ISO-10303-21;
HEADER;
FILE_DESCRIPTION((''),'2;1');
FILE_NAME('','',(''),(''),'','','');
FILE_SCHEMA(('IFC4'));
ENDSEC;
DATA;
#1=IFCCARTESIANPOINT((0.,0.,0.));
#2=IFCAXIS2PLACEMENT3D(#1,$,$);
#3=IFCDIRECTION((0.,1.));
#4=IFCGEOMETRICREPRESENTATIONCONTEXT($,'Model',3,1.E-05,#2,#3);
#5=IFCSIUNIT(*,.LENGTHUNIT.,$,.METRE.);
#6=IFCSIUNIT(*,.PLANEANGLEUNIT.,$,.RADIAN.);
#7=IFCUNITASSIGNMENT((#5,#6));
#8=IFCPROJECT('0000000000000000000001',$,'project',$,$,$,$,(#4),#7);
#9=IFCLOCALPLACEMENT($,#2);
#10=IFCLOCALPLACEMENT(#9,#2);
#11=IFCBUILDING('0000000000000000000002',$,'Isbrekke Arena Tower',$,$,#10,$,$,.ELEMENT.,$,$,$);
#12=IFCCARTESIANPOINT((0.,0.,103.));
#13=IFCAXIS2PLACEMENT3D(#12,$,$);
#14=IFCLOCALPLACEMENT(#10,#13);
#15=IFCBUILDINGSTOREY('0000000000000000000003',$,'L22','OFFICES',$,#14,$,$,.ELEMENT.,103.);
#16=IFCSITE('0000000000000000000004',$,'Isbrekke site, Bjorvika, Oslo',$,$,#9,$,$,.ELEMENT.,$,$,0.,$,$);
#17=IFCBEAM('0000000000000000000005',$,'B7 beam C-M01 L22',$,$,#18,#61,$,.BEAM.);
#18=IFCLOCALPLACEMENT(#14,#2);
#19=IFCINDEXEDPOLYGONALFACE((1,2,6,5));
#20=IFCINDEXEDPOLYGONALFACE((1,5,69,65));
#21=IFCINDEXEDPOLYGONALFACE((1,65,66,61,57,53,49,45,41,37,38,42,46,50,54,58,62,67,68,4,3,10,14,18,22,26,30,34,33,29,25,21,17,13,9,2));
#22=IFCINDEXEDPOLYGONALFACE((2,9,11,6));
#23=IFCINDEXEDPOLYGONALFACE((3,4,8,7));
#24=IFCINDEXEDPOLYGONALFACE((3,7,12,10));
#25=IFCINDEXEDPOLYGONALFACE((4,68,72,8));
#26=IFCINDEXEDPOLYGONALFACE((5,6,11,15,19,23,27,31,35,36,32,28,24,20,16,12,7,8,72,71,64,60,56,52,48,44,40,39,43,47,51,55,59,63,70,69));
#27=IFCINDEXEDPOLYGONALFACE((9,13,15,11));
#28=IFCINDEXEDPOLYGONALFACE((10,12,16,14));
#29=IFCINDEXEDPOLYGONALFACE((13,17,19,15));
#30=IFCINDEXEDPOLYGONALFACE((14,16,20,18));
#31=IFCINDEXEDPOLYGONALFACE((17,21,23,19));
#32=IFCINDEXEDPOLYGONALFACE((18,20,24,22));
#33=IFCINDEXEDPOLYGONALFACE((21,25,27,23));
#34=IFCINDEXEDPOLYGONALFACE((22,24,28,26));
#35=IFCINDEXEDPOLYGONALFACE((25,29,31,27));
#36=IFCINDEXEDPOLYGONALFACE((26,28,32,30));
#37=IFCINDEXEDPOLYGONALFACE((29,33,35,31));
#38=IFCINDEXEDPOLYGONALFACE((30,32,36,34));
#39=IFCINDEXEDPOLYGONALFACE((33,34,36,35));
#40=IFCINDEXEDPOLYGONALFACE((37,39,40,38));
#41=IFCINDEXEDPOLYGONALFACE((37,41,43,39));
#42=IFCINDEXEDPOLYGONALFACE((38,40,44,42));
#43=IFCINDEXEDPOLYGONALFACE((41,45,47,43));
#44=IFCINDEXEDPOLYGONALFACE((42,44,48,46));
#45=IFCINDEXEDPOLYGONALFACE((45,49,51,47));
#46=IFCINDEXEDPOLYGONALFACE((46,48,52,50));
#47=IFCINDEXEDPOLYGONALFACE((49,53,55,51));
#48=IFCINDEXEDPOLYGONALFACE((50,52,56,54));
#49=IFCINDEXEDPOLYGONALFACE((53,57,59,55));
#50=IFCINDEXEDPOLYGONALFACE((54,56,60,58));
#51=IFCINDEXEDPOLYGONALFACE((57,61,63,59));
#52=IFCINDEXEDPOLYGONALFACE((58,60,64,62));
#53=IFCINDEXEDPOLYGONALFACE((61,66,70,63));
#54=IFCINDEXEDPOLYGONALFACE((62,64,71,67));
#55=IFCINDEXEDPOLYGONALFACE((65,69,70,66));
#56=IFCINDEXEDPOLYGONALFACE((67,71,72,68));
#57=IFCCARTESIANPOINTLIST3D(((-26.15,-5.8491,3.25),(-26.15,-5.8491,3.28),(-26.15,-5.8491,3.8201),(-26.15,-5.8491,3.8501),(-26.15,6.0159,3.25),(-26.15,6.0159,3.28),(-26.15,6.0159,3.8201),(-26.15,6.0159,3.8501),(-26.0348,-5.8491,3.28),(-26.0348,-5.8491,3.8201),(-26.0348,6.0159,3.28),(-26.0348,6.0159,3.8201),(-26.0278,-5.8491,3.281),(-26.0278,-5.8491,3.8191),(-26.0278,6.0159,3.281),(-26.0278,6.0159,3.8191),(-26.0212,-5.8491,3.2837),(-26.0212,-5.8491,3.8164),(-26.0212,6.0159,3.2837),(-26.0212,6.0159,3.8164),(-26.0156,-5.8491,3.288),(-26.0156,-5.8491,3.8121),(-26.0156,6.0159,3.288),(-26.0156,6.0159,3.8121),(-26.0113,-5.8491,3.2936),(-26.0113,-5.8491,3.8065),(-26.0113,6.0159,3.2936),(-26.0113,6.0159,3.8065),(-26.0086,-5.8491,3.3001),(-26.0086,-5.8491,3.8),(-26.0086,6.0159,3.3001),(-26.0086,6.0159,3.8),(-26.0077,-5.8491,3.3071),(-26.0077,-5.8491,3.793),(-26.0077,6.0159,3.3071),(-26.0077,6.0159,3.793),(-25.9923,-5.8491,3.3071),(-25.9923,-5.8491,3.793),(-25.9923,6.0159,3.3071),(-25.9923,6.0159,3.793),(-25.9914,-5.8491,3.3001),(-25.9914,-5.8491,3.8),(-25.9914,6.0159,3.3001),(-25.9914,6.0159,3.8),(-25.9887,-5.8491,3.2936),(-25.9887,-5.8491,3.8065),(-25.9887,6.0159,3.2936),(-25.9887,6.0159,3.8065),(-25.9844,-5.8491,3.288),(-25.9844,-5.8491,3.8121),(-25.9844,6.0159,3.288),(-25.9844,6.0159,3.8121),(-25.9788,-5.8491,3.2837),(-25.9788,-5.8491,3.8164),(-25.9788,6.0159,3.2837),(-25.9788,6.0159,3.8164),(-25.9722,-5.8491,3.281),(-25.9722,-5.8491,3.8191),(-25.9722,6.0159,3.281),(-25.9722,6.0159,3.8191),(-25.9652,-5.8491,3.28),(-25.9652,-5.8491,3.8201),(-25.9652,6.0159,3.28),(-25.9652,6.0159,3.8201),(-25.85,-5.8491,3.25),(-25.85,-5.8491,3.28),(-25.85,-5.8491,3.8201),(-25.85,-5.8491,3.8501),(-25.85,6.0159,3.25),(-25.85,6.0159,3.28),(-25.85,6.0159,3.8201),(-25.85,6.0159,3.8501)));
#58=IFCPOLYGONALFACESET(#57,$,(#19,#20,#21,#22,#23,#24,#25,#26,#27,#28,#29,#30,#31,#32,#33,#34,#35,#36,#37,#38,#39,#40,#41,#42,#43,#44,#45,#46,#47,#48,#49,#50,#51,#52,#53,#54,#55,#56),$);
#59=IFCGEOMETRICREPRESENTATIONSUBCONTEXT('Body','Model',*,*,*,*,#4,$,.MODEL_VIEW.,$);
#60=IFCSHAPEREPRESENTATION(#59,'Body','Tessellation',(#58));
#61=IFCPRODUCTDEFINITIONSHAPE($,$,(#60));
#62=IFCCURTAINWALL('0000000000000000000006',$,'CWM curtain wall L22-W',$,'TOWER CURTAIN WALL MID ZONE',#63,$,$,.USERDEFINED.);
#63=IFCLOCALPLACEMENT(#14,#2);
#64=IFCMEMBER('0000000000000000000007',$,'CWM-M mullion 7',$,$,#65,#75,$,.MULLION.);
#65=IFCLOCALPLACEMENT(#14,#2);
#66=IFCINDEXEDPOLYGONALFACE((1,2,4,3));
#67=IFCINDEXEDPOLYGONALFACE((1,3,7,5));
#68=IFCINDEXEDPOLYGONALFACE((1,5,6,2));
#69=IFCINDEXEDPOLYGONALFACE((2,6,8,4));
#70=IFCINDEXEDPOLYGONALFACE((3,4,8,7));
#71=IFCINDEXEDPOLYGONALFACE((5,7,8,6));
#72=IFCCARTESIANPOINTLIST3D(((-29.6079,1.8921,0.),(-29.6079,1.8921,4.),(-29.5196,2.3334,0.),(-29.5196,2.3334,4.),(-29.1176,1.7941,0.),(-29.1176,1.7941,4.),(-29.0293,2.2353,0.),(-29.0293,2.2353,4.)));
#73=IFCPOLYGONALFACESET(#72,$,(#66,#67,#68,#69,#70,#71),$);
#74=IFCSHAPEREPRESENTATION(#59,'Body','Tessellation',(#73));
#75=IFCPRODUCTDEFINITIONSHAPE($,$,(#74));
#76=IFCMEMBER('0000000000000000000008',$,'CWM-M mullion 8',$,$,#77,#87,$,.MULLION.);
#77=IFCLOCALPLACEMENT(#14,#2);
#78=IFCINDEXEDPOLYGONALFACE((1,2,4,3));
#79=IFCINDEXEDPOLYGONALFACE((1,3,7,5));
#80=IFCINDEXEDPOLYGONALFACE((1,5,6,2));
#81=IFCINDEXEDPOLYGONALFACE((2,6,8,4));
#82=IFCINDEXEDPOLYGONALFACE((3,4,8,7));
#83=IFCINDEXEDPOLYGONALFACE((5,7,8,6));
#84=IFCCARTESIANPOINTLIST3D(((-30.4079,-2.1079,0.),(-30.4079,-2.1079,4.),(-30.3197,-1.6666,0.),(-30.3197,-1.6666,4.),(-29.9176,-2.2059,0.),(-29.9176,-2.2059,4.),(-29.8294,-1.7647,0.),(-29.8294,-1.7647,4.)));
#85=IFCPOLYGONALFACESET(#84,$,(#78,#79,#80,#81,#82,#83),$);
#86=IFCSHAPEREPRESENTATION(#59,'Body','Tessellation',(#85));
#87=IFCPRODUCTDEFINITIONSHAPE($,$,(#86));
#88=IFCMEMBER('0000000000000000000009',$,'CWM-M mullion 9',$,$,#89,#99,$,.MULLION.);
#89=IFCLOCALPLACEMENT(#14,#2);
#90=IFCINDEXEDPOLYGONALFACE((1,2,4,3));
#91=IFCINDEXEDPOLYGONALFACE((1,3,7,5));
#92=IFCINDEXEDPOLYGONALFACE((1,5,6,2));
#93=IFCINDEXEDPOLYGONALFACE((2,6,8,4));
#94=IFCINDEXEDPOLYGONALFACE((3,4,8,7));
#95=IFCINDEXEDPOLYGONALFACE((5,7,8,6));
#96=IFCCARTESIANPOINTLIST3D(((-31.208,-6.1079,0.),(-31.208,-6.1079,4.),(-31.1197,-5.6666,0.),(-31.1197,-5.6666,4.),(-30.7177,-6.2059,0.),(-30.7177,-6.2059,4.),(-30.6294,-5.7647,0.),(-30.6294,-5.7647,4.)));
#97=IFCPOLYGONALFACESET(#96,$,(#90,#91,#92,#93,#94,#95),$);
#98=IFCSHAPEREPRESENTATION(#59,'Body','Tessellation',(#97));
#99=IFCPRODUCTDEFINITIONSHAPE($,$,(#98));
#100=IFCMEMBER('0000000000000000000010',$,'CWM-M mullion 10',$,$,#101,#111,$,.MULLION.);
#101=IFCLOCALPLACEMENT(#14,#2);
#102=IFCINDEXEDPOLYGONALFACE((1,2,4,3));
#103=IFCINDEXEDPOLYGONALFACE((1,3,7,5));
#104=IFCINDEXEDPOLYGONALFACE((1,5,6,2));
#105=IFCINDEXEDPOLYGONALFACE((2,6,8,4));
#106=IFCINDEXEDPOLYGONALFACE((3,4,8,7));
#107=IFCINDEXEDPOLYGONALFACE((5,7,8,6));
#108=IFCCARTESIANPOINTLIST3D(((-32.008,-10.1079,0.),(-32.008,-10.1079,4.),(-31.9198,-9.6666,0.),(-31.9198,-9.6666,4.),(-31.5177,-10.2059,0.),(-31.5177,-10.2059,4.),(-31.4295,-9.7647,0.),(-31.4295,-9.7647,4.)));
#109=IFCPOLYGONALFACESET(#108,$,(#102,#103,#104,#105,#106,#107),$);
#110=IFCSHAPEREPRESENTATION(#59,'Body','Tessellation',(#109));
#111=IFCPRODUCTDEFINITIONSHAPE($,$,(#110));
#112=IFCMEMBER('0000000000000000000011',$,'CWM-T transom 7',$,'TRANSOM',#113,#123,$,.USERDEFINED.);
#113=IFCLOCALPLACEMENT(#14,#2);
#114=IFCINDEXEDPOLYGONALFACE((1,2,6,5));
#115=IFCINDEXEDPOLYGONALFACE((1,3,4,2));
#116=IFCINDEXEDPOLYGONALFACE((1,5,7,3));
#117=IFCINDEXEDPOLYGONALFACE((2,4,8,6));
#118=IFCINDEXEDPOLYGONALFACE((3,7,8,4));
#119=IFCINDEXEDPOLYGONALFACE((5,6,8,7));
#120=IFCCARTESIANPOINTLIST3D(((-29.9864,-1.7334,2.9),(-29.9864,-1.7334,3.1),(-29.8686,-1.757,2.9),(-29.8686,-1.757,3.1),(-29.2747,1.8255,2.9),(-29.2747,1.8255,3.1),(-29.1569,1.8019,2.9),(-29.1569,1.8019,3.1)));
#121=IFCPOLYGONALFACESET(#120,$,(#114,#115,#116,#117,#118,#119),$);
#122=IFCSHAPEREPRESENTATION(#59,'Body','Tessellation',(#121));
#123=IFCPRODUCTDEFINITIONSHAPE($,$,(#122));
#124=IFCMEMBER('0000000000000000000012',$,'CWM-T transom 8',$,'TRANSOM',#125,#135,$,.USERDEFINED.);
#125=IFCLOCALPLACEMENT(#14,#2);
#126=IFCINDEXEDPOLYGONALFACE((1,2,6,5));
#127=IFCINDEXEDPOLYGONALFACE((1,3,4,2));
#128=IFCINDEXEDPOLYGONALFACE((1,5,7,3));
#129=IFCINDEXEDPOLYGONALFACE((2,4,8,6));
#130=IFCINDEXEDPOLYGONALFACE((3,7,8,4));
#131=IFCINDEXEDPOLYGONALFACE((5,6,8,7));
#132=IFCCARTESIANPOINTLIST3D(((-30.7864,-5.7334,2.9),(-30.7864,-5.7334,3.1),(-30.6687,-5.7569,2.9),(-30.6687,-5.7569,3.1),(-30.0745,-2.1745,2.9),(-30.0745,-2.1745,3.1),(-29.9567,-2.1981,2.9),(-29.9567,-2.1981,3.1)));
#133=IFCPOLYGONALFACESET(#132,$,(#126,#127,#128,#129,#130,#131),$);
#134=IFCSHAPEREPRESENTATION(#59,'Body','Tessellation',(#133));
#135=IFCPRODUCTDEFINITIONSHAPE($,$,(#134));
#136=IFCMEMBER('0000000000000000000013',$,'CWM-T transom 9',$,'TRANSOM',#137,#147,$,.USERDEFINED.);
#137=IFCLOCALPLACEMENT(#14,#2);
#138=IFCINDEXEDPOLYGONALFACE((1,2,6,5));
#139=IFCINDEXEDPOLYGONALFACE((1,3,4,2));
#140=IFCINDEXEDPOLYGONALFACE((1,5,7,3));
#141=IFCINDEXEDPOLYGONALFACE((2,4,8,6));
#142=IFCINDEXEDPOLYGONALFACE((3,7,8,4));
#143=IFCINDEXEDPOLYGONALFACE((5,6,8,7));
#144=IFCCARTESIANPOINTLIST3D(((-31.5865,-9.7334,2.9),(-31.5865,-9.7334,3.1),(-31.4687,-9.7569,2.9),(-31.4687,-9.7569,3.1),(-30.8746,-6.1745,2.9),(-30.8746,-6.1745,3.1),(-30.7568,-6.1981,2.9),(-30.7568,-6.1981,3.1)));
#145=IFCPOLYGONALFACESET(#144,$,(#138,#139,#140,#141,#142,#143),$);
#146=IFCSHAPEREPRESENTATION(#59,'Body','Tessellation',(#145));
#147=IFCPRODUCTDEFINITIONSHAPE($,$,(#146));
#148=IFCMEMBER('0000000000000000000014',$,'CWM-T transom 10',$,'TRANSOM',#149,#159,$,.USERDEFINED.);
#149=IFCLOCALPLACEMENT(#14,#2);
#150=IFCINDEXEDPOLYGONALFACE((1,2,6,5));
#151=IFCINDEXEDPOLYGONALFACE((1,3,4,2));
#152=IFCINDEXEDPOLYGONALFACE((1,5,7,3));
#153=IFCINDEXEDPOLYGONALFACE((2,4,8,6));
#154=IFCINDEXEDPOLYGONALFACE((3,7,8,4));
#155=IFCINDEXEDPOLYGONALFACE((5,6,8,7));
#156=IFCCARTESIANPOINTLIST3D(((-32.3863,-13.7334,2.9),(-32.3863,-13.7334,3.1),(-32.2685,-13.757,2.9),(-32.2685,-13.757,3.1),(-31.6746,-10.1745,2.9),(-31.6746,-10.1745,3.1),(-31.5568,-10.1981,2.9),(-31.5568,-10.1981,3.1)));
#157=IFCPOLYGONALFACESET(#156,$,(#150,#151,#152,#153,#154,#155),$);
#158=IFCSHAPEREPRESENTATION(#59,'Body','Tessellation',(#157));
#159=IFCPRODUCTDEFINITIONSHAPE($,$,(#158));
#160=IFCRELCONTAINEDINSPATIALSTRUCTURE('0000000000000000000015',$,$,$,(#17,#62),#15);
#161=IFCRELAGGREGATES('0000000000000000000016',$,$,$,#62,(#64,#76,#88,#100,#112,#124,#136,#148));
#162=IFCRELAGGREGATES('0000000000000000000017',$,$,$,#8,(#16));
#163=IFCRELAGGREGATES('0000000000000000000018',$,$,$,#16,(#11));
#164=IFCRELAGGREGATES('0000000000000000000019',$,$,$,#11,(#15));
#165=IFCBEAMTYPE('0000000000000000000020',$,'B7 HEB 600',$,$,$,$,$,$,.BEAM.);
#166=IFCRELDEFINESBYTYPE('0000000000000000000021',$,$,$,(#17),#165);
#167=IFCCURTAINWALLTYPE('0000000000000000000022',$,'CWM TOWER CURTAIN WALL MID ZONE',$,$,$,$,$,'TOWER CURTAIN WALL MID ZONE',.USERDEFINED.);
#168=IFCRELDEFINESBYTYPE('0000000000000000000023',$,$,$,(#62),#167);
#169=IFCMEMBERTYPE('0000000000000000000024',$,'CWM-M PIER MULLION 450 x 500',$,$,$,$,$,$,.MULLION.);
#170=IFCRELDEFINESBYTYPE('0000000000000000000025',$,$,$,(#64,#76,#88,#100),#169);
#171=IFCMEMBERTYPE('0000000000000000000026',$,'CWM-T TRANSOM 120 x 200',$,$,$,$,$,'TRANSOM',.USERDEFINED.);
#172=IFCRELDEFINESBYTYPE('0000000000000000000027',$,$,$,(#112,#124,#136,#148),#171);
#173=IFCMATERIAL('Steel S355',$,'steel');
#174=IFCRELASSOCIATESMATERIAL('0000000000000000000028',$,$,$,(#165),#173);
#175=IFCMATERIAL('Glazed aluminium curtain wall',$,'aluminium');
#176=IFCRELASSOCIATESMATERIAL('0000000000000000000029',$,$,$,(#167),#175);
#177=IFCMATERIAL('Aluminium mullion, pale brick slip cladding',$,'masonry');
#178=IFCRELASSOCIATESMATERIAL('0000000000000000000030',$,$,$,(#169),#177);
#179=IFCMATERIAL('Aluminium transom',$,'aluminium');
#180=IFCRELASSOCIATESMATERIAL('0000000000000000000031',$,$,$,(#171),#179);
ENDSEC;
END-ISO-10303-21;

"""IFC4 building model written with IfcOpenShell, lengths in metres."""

from ifc_helpers import new_model, si_unit, direction, frame, origin, origin_2d, place, context, subcontext, project, spatial, rectangle, i_section, extrude, material, material_profile, profile_set, type_object, element, aggregate, save


model = new_model("IFC4")

# Units and contexts
model_context = context("Model", 3, precision=1e-05, world=origin(), true_north=direction((0.0, 1.0)))
body_context = subcontext(model_context, "Body", "Model", "MODEL_VIEW")
ifc_project = project(units=[si_unit("LENGTHUNIT", "METRE"), si_unit("PLANEANGLEUNIT", "RADIAN")], contexts=[model_context])

# Site, building, storey
site_placement = place(None, origin())
site = spatial("IfcSite", under=ifc_project, at=site_placement, Name="Isbrekke site, Bjorvika, Oslo", CompositionType="ELEMENT", RefElevation=0.0)
building_placement = place(site_placement, origin())
building = spatial("IfcBuilding", under=site, at=building_placement, Name="Isbrekke Arena Tower", CompositionType="ELEMENT")
storey_placement = place(building_placement, frame((0.0, 0.0, 103.0)))
storey = spatial("IfcBuildingStorey", under=building, at=storey_placement, Name="L22", Description="OFFICES", CompositionType="ELEMENT", Elevation=103.0)

# Beam
ifc_material_1 = material(Name="Steel S355", Category="steel")
ifc_material_profile_1 = material_profile(ifc_material_1, i_section(OverallWidth=0.3, OverallDepth=0.6001, WebThickness=0.0154, FlangeThickness=0.03, FilletRadius=0.0271, at=origin_2d()), Name="HEB 600")
ifc_profile_set_1 = profile_set([ifc_material_profile_1], Name="Steel S355")
beam_type_1 = type_object("IfcBeamType", Name="B7 HEB 600", PredefinedType="BEAM", material=ifc_profile_set_1)
beam_1_placement = place(storey_placement, frame((-26.0, -5.8491, 3.55), z_axis=(0.0, 1.0, 0.0), x_axis=(-1.0, 0.0, 0.0)))
element("IfcBeam", 1, at=beam_1_placement, inside=storey, type_object=beam_type_1, Name="B7 beam C-M01 L22", PredefinedType="BEAM", context=body_context, shape_type="SweptSolid", body=[
    extrude(i_section(OverallWidth=0.3, OverallDepth=0.6001, WebThickness=0.0154, FlangeThickness=0.03, FilletRadius=0.0271, at=origin_2d()), origin(), (0.0, 0.0, 1.0), 11.865),
])

# Curtain wall, members
ifc_material_2 = material(Name="Glazed aluminium curtain wall", Category="aluminium")
curtain_wall_type = type_object("IfcCurtainWallType", Name="CWM TOWER CURTAIN WALL MID ZONE", ElementType="TOWER CURTAIN WALL MID ZONE", PredefinedType="USERDEFINED", material=ifc_material_2)
curtain_wall_placement = place(storey_placement, origin())
curtain_wall = element("IfcCurtainWall", 2, at=curtain_wall_placement, inside=storey, type_object=curtain_wall_type, Name="CWM curtain wall L22-W", ObjectType="TOWER CURTAIN WALL MID ZONE", PredefinedType="USERDEFINED")
ifc_material_3 = material(Name="Aluminium mullion, pale brick slip cladding", Category="masonry")
ifc_material_profile_2 = material_profile(ifc_material_3, rectangle(XDim=0.45, YDim=0.5, at=origin_2d()), Name="PIER 450X500")
ifc_profile_set_2 = profile_set([ifc_material_profile_2], Name="Aluminium mullion, pale brick slip cladding")
member_type_1 = type_object("IfcMemberType", Name="CWM-M PIER MULLION 450 x 500", PredefinedType="MULLION", material=ifc_profile_set_2)
member_1_placement = place(storey_placement, frame((-29.3186, 2.0637, 0.0), z_axis=(0.0, 0.0, 1.0), x_axis=(-0.196116, -0.980581, 0.0)))
member_1 = element("IfcMember", 3, at=member_1_placement, type_object=member_type_1, Name="CWM-M mullion 7", PredefinedType="MULLION", context=body_context, shape_type="SweptSolid", body=[
    extrude(rectangle(XDim=0.45, YDim=0.5, at=origin_2d()), origin(), (0.0, 0.0, 1.0), 4.0),
])
member_2_placement = place(storey_placement, frame((-30.1187, -1.9363, 0.0), z_axis=(0.0, 0.0, 1.0), x_axis=(-0.196116, -0.980581, 0.0)))
member_2 = element("IfcMember", 4, at=member_2_placement, type_object=member_type_1, Name="CWM-M mullion 8", PredefinedType="MULLION", context=body_context, shape_type="SweptSolid", body=[
    extrude(rectangle(XDim=0.45, YDim=0.5, at=origin_2d()), origin(), (0.0, 0.0, 1.0), 4.0),
])
member_3_placement = place(storey_placement, frame((-30.9187, -5.9363, 0.0), z_axis=(0.0, 0.0, 1.0), x_axis=(-0.196116, -0.980581, 0.0)))
member_3 = element("IfcMember", 5, at=member_3_placement, type_object=member_type_1, Name="CWM-M mullion 9", PredefinedType="MULLION", context=body_context, shape_type="SweptSolid", body=[
    extrude(rectangle(XDim=0.45, YDim=0.5, at=origin_2d()), origin(), (0.0, 0.0, 1.0), 4.0),
])
member_4_placement = place(storey_placement, frame((-31.7188, -9.9363, 0.0), z_axis=(0.0, 0.0, 1.0), x_axis=(-0.196116, -0.980581, 0.0)))
member_4 = element("IfcMember", 6, at=member_4_placement, type_object=member_type_1, Name="CWM-M mullion 10", PredefinedType="MULLION", context=body_context, shape_type="SweptSolid", body=[
    extrude(rectangle(XDim=0.45, YDim=0.5, at=origin_2d()), origin(), (0.0, 0.0, 1.0), 4.0),
])
ifc_material_4 = material(Name="Aluminium transom", Category="aluminium")
ifc_material_profile_3 = material_profile(ifc_material_4, rectangle(XDim=0.1201, YDim=0.2, at=origin_2d()), Name="TRANSOM 120X200")
ifc_profile_set_3 = profile_set([ifc_material_profile_3], Name="Aluminium transom")
member_type_2 = type_object("IfcMemberType", Name="CWM-T TRANSOM 120 x 200", ElementType="TRANSOM", PredefinedType="USERDEFINED", material=ifc_profile_set_3)
member_5_placement = place(storey_placement, frame((-29.2158, 1.8137, 3.0), z_axis=(-0.19609, -0.980586, 0.0), x_axis=(0.980586, -0.19609, 0.0)))
member_5 = element("IfcMember", 7, at=member_5_placement, type_object=member_type_2, Name="CWM-T transom 7", ObjectType="TRANSOM", PredefinedType="USERDEFINED", context=body_context, shape_type="SweptSolid", body=[
    extrude(rectangle(XDim=0.1201, YDim=0.2, at=origin_2d()), origin(), (0.0, 0.0, 1.0), 3.6294),
])
member_6_placement = place(storey_placement, frame((-30.0156, -2.1863, 3.0), z_axis=(-0.196155, -0.980573, 0.0), x_axis=(0.980573, -0.196155, 0.0)))
member_6 = element("IfcMember", 8, at=member_6_placement, type_object=member_type_2, Name="CWM-T transom 8", ObjectType="TRANSOM", PredefinedType="USERDEFINED", context=body_context, shape_type="SweptSolid", body=[
    extrude(rectangle(XDim=0.1201, YDim=0.2, at=origin_2d()), origin(), (0.0, 0.0, 1.0), 3.6294),
])
member_7_placement = place(storey_placement, frame((-30.8157, -6.1863, 3.0), z_axis=(-0.196155, -0.980573, 0.0), x_axis=(0.980573, -0.196155, 0.0)))
member_7 = element("IfcMember", 9, at=member_7_placement, type_object=member_type_2, Name="CWM-T transom 9", ObjectType="TRANSOM", PredefinedType="USERDEFINED", context=body_context, shape_type="SweptSolid", body=[
    extrude(rectangle(XDim=0.1201, YDim=0.2, at=origin_2d()), origin(), (0.0, 0.0, 1.0), 3.6294),
])
member_8_placement = place(storey_placement, frame((-31.6157, -10.1863, 3.0), z_axis=(-0.19609, -0.980586, 0.0), x_axis=(0.980586, -0.19609, 0.0)))
member_8 = element("IfcMember", 10, at=member_8_placement, type_object=member_type_2, Name="CWM-T transom 10", ObjectType="TRANSOM", PredefinedType="USERDEFINED", context=body_context, shape_type="SweptSolid", body=[
    extrude(rectangle(XDim=0.1201, YDim=0.2, at=origin_2d()), origin(), (0.0, 0.0, 1.0), 3.6294),
])

aggregate(curtain_wall, [member_1, member_2, member_3, member_4, member_5, member_6, member_7, member_8])

save(model, "model.ifc")
